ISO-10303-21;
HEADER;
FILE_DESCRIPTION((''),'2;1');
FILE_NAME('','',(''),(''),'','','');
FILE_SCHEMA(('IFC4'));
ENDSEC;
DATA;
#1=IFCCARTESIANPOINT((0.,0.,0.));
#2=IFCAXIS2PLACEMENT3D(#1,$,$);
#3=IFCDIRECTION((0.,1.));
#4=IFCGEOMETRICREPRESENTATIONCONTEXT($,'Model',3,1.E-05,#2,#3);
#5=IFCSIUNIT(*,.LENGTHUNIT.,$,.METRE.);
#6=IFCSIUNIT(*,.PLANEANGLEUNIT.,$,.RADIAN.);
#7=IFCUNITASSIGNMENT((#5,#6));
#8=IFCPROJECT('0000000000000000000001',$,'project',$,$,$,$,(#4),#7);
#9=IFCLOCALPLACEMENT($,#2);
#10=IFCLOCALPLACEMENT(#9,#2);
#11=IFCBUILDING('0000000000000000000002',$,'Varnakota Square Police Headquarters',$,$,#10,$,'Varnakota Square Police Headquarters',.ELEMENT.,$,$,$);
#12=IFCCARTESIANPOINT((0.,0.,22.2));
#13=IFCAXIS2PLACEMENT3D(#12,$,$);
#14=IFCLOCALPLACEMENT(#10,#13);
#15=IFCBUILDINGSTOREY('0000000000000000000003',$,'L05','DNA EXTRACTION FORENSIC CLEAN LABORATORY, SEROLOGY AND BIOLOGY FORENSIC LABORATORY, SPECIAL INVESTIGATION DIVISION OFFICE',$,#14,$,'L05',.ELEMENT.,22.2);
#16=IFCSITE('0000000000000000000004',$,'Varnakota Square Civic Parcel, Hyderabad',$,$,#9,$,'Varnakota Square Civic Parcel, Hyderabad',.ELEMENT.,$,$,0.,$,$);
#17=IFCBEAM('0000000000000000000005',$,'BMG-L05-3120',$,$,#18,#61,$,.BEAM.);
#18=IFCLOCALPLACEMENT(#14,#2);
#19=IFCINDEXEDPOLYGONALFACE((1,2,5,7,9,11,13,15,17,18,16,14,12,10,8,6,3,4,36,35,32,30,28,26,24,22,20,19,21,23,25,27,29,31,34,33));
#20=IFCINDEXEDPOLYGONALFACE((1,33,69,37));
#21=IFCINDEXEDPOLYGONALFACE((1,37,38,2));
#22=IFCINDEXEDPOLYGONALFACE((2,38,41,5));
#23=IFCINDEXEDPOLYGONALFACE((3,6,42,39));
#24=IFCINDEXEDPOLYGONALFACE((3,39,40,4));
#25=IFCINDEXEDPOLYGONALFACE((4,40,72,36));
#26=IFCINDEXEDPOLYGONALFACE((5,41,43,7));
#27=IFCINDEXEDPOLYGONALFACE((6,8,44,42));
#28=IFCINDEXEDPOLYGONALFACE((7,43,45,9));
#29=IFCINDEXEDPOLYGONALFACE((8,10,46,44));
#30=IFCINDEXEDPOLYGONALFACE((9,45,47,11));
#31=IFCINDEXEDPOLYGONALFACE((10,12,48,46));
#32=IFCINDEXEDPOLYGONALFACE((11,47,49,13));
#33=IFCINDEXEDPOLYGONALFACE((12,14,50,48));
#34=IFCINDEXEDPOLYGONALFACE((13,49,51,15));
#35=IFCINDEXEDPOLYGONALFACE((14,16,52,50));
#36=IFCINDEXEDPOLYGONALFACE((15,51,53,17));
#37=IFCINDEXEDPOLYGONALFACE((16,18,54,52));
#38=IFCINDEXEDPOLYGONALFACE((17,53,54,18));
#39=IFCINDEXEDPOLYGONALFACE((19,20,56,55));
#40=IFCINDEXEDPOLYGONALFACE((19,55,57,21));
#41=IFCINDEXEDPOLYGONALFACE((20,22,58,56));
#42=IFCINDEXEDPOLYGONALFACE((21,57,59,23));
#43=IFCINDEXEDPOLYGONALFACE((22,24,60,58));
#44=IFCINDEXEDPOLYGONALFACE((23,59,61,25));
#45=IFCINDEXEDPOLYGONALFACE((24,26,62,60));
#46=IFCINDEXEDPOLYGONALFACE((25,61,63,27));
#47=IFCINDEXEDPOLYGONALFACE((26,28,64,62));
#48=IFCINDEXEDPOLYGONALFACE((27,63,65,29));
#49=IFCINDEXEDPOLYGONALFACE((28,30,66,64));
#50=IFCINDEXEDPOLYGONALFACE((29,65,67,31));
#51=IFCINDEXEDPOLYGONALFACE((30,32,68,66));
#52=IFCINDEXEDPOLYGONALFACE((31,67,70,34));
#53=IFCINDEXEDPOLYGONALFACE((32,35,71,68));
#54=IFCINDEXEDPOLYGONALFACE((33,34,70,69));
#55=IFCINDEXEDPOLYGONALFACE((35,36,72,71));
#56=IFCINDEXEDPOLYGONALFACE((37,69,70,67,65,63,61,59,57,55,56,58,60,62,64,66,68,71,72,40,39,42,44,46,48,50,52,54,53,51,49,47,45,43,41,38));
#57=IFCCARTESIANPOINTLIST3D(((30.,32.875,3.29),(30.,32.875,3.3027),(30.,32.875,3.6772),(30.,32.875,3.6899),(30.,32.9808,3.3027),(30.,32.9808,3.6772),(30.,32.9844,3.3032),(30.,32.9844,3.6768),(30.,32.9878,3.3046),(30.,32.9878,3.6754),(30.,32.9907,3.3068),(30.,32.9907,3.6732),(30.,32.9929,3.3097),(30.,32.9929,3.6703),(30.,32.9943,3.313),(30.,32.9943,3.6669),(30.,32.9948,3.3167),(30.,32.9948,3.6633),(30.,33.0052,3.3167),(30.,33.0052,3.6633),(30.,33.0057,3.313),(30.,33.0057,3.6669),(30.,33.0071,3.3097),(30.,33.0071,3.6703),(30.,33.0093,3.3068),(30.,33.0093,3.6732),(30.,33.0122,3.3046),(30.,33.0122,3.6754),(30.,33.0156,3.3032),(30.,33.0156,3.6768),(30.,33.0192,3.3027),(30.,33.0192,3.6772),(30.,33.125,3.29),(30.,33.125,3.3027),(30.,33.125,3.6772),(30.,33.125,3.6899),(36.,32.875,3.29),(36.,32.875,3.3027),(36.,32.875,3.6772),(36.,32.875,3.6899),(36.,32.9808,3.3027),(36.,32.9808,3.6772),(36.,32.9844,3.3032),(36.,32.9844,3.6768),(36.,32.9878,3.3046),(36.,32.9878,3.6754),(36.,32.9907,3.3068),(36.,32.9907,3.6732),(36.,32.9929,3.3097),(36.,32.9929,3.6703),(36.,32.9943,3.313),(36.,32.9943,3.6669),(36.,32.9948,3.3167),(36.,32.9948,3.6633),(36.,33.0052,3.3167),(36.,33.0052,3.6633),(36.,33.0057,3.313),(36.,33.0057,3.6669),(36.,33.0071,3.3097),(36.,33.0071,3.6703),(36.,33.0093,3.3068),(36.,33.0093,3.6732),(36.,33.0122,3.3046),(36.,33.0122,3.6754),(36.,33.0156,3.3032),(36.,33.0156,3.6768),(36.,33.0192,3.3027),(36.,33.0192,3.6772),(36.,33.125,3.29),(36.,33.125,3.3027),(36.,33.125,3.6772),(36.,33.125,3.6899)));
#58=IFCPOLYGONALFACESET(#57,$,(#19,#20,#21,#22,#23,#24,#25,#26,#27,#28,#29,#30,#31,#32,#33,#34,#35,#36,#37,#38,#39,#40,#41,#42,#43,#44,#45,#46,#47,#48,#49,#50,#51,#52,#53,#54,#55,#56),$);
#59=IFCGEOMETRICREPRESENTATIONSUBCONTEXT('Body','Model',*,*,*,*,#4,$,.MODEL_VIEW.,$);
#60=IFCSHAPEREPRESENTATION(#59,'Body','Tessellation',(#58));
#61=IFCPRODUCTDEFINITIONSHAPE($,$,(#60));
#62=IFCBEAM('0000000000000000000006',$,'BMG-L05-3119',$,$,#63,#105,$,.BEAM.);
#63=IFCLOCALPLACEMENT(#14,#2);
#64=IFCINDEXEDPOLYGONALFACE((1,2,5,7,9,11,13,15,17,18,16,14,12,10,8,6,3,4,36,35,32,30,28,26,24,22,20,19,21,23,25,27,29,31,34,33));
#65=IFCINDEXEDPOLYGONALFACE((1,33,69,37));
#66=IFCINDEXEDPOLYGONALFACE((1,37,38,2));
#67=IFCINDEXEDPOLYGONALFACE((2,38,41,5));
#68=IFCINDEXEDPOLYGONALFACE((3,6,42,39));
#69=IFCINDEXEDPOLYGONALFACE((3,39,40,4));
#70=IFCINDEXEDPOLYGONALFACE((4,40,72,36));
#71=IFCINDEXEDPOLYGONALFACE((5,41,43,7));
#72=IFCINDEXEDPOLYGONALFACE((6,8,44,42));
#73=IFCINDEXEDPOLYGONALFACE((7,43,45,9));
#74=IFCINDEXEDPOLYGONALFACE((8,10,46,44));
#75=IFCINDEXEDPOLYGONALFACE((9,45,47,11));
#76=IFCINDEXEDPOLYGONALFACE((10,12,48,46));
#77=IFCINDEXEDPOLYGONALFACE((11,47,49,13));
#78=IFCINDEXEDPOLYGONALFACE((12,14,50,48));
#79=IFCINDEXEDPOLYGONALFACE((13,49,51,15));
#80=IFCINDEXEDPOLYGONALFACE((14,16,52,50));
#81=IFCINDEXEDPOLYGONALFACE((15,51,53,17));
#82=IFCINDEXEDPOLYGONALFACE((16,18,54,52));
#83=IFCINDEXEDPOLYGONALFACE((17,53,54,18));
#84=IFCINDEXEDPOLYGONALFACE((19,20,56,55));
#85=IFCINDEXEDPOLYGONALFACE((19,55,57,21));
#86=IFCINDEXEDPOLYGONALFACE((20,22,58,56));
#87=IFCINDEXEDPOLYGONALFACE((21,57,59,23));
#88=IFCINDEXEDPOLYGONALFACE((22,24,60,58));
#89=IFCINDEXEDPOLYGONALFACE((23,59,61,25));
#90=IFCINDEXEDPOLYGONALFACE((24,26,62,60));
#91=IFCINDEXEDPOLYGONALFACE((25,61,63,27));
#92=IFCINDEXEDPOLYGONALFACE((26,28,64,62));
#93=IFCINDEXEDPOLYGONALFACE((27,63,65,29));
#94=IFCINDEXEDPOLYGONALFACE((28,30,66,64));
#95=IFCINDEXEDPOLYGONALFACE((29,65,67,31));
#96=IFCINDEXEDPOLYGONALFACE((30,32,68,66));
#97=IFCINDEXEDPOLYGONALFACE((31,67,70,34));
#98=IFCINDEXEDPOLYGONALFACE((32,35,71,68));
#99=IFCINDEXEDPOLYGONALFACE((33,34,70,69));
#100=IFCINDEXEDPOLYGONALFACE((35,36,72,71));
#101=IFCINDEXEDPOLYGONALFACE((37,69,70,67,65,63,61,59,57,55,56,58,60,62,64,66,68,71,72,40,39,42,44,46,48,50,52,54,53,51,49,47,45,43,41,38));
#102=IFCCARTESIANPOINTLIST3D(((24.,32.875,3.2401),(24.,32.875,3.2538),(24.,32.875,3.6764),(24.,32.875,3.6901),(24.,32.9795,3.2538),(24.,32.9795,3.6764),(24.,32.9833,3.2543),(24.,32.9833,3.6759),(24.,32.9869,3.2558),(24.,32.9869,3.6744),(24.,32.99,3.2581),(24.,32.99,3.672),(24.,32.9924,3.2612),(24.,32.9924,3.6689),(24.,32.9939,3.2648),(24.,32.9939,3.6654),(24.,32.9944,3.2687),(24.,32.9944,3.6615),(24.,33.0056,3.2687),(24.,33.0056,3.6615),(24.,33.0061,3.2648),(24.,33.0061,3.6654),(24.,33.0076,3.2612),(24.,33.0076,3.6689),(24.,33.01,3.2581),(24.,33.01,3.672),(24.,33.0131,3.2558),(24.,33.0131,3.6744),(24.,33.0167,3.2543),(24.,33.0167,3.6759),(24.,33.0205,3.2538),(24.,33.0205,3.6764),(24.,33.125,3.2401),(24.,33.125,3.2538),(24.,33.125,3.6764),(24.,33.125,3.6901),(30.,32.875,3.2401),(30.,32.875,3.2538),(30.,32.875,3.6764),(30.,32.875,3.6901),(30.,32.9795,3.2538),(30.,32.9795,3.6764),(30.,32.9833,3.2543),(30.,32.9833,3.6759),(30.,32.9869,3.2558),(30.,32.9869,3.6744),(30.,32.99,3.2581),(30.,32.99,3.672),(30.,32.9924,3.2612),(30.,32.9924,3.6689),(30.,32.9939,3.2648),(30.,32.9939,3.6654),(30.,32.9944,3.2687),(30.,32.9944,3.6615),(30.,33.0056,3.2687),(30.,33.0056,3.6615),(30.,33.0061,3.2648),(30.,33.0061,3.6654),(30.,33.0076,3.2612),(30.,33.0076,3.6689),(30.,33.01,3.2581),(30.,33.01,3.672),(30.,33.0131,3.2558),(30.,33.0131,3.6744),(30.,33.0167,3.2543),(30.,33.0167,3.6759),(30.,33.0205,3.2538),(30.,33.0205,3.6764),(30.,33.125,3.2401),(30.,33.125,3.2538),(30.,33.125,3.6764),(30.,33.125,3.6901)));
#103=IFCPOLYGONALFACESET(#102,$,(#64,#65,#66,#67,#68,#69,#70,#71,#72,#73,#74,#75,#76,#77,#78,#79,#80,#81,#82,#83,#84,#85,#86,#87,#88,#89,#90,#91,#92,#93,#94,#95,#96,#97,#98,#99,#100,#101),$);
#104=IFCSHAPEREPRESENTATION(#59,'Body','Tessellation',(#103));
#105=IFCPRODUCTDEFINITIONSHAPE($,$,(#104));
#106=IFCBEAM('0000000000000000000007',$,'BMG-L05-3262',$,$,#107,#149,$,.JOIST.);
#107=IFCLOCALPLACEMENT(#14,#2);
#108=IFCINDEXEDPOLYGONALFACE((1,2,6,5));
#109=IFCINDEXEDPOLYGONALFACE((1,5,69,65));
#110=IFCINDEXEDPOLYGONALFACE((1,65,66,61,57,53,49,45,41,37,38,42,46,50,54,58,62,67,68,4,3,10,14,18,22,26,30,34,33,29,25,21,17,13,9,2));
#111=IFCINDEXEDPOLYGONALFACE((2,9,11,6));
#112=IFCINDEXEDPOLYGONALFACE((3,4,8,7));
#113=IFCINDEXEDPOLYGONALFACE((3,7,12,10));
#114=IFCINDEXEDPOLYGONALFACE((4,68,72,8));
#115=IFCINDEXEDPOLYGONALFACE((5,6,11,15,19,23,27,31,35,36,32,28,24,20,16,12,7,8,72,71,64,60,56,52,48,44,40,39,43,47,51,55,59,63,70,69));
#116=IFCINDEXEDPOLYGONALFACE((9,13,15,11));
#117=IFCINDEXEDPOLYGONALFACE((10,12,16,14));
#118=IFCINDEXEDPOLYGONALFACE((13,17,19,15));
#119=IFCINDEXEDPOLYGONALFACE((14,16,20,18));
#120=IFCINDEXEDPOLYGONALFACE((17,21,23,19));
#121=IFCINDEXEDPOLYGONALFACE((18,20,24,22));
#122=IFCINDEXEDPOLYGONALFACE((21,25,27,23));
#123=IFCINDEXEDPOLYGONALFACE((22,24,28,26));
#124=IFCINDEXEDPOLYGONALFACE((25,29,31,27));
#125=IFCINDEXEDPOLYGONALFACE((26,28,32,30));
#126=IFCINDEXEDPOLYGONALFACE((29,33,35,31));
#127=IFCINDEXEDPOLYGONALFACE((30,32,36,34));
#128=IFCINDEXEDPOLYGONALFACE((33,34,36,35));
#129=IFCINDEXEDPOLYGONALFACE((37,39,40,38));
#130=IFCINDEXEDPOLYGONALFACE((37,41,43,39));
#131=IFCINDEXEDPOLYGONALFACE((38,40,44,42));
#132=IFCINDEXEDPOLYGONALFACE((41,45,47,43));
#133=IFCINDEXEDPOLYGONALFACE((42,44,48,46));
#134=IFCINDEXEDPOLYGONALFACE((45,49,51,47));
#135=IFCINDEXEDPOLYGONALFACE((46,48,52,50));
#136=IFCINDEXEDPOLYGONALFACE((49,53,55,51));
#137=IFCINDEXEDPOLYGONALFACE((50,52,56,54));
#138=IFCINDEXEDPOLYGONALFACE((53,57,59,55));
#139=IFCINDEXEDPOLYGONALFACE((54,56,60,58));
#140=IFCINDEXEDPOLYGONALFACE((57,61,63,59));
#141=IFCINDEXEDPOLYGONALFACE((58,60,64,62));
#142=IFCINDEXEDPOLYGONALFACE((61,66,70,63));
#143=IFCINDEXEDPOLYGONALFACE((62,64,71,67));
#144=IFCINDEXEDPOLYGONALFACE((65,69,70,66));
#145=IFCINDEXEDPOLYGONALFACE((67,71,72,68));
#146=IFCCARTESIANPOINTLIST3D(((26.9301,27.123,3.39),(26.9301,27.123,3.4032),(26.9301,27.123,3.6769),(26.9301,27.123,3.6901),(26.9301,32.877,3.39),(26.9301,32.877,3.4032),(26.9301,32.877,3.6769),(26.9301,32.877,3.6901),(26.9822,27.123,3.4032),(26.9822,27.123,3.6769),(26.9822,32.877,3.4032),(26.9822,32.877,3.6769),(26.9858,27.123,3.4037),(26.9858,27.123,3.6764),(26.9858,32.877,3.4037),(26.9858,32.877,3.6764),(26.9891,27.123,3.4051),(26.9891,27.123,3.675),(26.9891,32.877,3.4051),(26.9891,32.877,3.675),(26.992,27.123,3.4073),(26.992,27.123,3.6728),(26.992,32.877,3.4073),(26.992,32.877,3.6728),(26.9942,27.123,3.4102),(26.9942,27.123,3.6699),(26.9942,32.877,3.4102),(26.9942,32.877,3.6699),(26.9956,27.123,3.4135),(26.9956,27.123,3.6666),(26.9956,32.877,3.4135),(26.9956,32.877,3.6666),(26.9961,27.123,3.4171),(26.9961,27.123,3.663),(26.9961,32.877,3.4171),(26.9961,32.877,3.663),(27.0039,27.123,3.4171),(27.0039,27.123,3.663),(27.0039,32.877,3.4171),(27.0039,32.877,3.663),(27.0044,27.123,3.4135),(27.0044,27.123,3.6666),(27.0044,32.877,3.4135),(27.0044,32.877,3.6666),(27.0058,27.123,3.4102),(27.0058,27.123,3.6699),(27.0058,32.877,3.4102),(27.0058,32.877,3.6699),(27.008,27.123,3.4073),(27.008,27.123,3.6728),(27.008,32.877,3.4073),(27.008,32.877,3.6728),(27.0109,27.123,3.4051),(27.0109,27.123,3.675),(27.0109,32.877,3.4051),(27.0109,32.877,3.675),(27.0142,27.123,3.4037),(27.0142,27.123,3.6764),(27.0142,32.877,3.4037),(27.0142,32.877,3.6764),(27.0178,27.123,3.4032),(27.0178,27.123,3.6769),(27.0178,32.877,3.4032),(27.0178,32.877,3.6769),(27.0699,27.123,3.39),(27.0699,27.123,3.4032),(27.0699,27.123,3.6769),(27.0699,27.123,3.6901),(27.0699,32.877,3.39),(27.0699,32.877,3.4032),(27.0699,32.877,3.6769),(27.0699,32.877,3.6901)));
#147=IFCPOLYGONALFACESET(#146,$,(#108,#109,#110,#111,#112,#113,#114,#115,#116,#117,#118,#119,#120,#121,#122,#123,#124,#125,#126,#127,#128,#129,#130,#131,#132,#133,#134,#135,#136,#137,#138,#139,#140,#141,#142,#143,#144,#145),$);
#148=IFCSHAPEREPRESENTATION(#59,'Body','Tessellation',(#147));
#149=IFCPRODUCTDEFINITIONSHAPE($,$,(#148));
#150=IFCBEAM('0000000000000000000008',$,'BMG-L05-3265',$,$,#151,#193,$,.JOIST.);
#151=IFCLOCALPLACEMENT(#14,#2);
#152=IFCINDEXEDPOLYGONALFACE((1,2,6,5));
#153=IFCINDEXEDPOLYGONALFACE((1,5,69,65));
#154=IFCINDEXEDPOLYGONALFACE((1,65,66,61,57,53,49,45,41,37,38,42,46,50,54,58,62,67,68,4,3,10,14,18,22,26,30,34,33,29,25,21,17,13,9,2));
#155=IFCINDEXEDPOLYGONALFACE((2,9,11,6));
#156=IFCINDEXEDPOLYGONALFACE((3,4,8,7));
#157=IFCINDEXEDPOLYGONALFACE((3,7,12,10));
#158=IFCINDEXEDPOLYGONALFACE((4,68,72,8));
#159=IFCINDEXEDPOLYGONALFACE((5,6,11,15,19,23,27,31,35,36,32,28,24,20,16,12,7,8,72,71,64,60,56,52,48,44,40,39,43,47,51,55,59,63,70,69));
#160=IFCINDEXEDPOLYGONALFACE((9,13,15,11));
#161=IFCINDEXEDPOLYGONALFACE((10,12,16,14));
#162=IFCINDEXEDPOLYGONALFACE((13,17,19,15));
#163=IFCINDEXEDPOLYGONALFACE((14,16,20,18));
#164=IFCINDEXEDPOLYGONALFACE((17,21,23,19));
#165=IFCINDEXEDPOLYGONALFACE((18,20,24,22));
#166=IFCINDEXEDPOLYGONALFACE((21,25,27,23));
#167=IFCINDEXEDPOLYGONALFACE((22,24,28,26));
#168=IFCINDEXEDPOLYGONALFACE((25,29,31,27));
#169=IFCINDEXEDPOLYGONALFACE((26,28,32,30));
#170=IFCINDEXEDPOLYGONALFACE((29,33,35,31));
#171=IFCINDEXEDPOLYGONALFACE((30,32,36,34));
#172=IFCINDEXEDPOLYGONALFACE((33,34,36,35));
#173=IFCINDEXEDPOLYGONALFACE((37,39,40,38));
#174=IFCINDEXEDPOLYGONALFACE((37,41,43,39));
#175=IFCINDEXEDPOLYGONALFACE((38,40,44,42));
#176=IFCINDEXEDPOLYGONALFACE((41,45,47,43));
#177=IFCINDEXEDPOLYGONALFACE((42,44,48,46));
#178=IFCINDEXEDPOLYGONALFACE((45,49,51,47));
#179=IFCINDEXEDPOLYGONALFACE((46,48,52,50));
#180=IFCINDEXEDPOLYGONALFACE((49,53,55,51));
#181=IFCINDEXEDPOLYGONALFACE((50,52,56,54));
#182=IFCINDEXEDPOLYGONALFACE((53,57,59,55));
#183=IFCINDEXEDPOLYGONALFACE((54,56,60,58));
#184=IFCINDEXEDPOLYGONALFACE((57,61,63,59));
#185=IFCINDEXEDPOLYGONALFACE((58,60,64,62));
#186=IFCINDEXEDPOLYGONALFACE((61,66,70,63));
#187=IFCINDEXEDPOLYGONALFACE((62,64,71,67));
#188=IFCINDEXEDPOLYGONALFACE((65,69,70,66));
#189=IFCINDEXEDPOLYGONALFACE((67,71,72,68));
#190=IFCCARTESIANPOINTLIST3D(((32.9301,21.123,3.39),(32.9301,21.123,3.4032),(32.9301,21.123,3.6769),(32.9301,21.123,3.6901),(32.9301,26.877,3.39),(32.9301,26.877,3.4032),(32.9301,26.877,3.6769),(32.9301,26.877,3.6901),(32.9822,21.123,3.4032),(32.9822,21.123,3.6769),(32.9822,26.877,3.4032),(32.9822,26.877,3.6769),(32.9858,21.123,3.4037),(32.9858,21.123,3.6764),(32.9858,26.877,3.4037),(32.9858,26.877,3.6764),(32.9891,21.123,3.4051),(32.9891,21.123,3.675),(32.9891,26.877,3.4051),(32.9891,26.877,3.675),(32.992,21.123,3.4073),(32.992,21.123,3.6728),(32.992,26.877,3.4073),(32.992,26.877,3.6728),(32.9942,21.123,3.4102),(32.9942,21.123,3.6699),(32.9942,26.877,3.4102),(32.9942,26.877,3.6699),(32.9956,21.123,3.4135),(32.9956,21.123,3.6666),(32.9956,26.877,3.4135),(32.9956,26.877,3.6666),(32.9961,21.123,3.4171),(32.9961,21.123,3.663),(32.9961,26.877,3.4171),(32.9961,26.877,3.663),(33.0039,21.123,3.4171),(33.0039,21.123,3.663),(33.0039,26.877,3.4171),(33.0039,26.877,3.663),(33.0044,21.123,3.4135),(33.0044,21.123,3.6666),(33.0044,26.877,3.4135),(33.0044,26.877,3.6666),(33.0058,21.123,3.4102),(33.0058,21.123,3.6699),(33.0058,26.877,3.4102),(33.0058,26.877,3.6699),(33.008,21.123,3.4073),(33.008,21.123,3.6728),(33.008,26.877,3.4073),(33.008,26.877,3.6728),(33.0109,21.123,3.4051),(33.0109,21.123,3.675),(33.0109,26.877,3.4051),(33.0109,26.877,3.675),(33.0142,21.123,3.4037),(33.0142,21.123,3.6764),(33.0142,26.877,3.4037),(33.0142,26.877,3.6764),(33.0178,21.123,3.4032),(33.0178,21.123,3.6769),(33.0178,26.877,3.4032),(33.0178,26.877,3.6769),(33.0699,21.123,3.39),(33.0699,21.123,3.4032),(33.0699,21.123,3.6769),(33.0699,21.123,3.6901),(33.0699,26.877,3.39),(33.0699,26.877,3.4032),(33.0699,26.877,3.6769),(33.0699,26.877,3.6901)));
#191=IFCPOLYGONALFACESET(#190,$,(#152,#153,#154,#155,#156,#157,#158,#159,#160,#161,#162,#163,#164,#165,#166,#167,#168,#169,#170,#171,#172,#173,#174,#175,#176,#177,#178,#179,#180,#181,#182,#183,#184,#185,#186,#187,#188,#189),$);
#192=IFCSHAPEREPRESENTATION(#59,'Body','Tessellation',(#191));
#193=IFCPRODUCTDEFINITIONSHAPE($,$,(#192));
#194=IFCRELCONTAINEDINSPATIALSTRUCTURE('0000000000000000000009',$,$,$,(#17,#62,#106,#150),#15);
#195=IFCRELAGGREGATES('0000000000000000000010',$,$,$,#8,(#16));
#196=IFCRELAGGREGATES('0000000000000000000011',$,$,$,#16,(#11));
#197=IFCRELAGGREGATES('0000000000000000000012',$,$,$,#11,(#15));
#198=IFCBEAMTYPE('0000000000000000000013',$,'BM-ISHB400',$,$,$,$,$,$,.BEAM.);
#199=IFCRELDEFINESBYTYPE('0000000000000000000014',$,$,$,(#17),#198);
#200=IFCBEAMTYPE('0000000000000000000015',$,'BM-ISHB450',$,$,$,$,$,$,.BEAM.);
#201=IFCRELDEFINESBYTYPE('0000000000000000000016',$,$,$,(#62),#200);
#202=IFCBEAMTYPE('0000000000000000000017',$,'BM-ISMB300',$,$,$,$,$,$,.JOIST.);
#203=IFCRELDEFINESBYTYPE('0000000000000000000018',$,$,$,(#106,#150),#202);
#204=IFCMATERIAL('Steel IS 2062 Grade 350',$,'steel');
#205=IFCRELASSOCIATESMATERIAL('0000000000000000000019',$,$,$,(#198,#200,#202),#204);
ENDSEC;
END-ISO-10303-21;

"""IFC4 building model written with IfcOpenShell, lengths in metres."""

from ifc_helpers import new_model, si_unit, direction, frame, origin, origin_2d, place, context, subcontext, project, spatial, i_section, extrude, material, material_profile, profile_set, type_object, element, save


model = new_model("IFC4")

# Units and contexts
model_context = context("Model", 3, precision=1e-05, world=origin(), true_north=direction((0.0, 1.0)))
body_context = subcontext(model_context, "Body", "Model", "MODEL_VIEW")
ifc_project = project(units=[si_unit("LENGTHUNIT", "METRE"), si_unit("PLANEANGLEUNIT", "RADIAN")], contexts=[model_context])

# Site, building, storey
site_placement = place(None, origin())
site = spatial("IfcSite", under=ifc_project, at=site_placement, Name="Varnakota Square Civic Parcel, Hyderabad", LongName="Varnakota Square Civic Parcel, Hyderabad", CompositionType="ELEMENT", RefElevation=0.0)
building_placement = place(site_placement, origin())
building = spatial("IfcBuilding", under=site, at=building_placement, Name="Varnakota Square Police Headquarters", LongName="Varnakota Square Police Headquarters", CompositionType="ELEMENT")
storey_placement = place(building_placement, frame((0.0, 0.0, 22.2)))
storey = spatial("IfcBuildingStorey", under=building, at=storey_placement, Name="L05", Description="DNA EXTRACTION FORENSIC CLEAN LABORATORY, SEROLOGY AND BIOLOGY FORENSIC LABORATORY, SPECIAL INVESTIGATION DIVISION OFFICE", LongName="L05", CompositionType="ELEMENT", Elevation=22.2)

# Shared definitions
ifc_material_1 = material(Name="Steel IS 2062 Grade 350", Category="steel")

# Beams
ifc_material_profile_1 = material_profile(ifc_material_1, i_section(OverallWidth=0.25, OverallDepth=0.3999, WebThickness=0.0105, FlangeThickness=0.0127, FilletRadius=0.0139, at=origin_2d()), Name="ISHB 400")
ifc_profile_set_1 = profile_set([ifc_material_profile_1], Name="Steel IS 2062 Grade 350")
beam_type_1 = type_object("IfcBeamType", Name="BM-ISHB400", PredefinedType="BEAM", material=ifc_profile_set_1)
for number, where, z_axis, x_axis, name in (
    (1, (30.0, 33.0, 3.49), (1.0, 0.0, 0.0), (0.0, 1.0, 0.0), "BMG-L05-3120"),
):
    element("IfcBeam", number, at=place(storey_placement, frame(where, z_axis=z_axis, x_axis=x_axis)), inside=storey, type_object=beam_type_1, Name=name, PredefinedType="BEAM", context=body_context, shape_type="SweptSolid", body=[
        extrude(i_section(OverallWidth=0.25, OverallDepth=0.3999, WebThickness=0.0105, FlangeThickness=0.0127, FilletRadius=0.0139, at=origin_2d()), origin(), (0.0, 0.0, 1.0), 6.0),
    ])
ifc_material_profile_2 = material_profile(ifc_material_1, i_section(OverallWidth=0.25, OverallDepth=0.45, WebThickness=0.0112, FlangeThickness=0.0137, FilletRadius=0.0149, at=origin_2d()), Name="ISHB 450")
ifc_profile_set_2 = profile_set([ifc_material_profile_2], Name="Steel IS 2062 Grade 350")
beam_type_2 = type_object("IfcBeamType", Name="BM-ISHB450", PredefinedType="BEAM", material=ifc_profile_set_2)
beam_1_placement = place(storey_placement, frame((24.0, 33.0, 3.4651), z_axis=(1.0, 0.0, 0.0), x_axis=(0.0, 1.0, 0.0)))
element("IfcBeam", 2, at=beam_1_placement, inside=storey, type_object=beam_type_2, Name="BMG-L05-3119", PredefinedType="BEAM", context=body_context, shape_type="SweptSolid", body=[
    extrude(i_section(OverallWidth=0.25, OverallDepth=0.45, WebThickness=0.0112, FlangeThickness=0.0137, FilletRadius=0.0149, at=origin_2d()), origin(), (0.0, 0.0, 1.0), 6.0),
])
ifc_material_profile_3 = material_profile(ifc_material_1, i_section(OverallWidth=0.1399, OverallDepth=0.3, WebThickness=0.0078, FlangeThickness=0.0132, FilletRadius=0.0139, at=origin_2d()), Name="ISMB 300")
ifc_profile_set_3 = profile_set([ifc_material_profile_3], Name="Steel IS 2062 Grade 350")
beam_type_3 = type_object("IfcBeamType", Name="BM-ISMB300", PredefinedType="JOIST", material=ifc_profile_set_3)
for number, where, z_axis, x_axis, name in (
    (3, (27.0, 27.123, 3.54), (0.0, 1.0, 0.0), (-1.0, 0.0, 0.0), "BMG-L05-3262"),
    (4, (33.0, 21.123, 3.54), (0.0, 1.0, 0.0), (-1.0, 0.0, 0.0), "BMG-L05-3265"),
):
    element("IfcBeam", number, at=place(storey_placement, frame(where, z_axis=z_axis, x_axis=x_axis)), inside=storey, type_object=beam_type_3, Name=name, PredefinedType="JOIST", context=body_context, shape_type="SweptSolid", body=[
        extrude(i_section(OverallWidth=0.1399, OverallDepth=0.3, WebThickness=0.0078, FlangeThickness=0.0132, FilletRadius=0.0139, at=origin_2d()), origin(), (0.0, 0.0, 1.0), 5.7539),
    ])

save(model, "model.ifc")
